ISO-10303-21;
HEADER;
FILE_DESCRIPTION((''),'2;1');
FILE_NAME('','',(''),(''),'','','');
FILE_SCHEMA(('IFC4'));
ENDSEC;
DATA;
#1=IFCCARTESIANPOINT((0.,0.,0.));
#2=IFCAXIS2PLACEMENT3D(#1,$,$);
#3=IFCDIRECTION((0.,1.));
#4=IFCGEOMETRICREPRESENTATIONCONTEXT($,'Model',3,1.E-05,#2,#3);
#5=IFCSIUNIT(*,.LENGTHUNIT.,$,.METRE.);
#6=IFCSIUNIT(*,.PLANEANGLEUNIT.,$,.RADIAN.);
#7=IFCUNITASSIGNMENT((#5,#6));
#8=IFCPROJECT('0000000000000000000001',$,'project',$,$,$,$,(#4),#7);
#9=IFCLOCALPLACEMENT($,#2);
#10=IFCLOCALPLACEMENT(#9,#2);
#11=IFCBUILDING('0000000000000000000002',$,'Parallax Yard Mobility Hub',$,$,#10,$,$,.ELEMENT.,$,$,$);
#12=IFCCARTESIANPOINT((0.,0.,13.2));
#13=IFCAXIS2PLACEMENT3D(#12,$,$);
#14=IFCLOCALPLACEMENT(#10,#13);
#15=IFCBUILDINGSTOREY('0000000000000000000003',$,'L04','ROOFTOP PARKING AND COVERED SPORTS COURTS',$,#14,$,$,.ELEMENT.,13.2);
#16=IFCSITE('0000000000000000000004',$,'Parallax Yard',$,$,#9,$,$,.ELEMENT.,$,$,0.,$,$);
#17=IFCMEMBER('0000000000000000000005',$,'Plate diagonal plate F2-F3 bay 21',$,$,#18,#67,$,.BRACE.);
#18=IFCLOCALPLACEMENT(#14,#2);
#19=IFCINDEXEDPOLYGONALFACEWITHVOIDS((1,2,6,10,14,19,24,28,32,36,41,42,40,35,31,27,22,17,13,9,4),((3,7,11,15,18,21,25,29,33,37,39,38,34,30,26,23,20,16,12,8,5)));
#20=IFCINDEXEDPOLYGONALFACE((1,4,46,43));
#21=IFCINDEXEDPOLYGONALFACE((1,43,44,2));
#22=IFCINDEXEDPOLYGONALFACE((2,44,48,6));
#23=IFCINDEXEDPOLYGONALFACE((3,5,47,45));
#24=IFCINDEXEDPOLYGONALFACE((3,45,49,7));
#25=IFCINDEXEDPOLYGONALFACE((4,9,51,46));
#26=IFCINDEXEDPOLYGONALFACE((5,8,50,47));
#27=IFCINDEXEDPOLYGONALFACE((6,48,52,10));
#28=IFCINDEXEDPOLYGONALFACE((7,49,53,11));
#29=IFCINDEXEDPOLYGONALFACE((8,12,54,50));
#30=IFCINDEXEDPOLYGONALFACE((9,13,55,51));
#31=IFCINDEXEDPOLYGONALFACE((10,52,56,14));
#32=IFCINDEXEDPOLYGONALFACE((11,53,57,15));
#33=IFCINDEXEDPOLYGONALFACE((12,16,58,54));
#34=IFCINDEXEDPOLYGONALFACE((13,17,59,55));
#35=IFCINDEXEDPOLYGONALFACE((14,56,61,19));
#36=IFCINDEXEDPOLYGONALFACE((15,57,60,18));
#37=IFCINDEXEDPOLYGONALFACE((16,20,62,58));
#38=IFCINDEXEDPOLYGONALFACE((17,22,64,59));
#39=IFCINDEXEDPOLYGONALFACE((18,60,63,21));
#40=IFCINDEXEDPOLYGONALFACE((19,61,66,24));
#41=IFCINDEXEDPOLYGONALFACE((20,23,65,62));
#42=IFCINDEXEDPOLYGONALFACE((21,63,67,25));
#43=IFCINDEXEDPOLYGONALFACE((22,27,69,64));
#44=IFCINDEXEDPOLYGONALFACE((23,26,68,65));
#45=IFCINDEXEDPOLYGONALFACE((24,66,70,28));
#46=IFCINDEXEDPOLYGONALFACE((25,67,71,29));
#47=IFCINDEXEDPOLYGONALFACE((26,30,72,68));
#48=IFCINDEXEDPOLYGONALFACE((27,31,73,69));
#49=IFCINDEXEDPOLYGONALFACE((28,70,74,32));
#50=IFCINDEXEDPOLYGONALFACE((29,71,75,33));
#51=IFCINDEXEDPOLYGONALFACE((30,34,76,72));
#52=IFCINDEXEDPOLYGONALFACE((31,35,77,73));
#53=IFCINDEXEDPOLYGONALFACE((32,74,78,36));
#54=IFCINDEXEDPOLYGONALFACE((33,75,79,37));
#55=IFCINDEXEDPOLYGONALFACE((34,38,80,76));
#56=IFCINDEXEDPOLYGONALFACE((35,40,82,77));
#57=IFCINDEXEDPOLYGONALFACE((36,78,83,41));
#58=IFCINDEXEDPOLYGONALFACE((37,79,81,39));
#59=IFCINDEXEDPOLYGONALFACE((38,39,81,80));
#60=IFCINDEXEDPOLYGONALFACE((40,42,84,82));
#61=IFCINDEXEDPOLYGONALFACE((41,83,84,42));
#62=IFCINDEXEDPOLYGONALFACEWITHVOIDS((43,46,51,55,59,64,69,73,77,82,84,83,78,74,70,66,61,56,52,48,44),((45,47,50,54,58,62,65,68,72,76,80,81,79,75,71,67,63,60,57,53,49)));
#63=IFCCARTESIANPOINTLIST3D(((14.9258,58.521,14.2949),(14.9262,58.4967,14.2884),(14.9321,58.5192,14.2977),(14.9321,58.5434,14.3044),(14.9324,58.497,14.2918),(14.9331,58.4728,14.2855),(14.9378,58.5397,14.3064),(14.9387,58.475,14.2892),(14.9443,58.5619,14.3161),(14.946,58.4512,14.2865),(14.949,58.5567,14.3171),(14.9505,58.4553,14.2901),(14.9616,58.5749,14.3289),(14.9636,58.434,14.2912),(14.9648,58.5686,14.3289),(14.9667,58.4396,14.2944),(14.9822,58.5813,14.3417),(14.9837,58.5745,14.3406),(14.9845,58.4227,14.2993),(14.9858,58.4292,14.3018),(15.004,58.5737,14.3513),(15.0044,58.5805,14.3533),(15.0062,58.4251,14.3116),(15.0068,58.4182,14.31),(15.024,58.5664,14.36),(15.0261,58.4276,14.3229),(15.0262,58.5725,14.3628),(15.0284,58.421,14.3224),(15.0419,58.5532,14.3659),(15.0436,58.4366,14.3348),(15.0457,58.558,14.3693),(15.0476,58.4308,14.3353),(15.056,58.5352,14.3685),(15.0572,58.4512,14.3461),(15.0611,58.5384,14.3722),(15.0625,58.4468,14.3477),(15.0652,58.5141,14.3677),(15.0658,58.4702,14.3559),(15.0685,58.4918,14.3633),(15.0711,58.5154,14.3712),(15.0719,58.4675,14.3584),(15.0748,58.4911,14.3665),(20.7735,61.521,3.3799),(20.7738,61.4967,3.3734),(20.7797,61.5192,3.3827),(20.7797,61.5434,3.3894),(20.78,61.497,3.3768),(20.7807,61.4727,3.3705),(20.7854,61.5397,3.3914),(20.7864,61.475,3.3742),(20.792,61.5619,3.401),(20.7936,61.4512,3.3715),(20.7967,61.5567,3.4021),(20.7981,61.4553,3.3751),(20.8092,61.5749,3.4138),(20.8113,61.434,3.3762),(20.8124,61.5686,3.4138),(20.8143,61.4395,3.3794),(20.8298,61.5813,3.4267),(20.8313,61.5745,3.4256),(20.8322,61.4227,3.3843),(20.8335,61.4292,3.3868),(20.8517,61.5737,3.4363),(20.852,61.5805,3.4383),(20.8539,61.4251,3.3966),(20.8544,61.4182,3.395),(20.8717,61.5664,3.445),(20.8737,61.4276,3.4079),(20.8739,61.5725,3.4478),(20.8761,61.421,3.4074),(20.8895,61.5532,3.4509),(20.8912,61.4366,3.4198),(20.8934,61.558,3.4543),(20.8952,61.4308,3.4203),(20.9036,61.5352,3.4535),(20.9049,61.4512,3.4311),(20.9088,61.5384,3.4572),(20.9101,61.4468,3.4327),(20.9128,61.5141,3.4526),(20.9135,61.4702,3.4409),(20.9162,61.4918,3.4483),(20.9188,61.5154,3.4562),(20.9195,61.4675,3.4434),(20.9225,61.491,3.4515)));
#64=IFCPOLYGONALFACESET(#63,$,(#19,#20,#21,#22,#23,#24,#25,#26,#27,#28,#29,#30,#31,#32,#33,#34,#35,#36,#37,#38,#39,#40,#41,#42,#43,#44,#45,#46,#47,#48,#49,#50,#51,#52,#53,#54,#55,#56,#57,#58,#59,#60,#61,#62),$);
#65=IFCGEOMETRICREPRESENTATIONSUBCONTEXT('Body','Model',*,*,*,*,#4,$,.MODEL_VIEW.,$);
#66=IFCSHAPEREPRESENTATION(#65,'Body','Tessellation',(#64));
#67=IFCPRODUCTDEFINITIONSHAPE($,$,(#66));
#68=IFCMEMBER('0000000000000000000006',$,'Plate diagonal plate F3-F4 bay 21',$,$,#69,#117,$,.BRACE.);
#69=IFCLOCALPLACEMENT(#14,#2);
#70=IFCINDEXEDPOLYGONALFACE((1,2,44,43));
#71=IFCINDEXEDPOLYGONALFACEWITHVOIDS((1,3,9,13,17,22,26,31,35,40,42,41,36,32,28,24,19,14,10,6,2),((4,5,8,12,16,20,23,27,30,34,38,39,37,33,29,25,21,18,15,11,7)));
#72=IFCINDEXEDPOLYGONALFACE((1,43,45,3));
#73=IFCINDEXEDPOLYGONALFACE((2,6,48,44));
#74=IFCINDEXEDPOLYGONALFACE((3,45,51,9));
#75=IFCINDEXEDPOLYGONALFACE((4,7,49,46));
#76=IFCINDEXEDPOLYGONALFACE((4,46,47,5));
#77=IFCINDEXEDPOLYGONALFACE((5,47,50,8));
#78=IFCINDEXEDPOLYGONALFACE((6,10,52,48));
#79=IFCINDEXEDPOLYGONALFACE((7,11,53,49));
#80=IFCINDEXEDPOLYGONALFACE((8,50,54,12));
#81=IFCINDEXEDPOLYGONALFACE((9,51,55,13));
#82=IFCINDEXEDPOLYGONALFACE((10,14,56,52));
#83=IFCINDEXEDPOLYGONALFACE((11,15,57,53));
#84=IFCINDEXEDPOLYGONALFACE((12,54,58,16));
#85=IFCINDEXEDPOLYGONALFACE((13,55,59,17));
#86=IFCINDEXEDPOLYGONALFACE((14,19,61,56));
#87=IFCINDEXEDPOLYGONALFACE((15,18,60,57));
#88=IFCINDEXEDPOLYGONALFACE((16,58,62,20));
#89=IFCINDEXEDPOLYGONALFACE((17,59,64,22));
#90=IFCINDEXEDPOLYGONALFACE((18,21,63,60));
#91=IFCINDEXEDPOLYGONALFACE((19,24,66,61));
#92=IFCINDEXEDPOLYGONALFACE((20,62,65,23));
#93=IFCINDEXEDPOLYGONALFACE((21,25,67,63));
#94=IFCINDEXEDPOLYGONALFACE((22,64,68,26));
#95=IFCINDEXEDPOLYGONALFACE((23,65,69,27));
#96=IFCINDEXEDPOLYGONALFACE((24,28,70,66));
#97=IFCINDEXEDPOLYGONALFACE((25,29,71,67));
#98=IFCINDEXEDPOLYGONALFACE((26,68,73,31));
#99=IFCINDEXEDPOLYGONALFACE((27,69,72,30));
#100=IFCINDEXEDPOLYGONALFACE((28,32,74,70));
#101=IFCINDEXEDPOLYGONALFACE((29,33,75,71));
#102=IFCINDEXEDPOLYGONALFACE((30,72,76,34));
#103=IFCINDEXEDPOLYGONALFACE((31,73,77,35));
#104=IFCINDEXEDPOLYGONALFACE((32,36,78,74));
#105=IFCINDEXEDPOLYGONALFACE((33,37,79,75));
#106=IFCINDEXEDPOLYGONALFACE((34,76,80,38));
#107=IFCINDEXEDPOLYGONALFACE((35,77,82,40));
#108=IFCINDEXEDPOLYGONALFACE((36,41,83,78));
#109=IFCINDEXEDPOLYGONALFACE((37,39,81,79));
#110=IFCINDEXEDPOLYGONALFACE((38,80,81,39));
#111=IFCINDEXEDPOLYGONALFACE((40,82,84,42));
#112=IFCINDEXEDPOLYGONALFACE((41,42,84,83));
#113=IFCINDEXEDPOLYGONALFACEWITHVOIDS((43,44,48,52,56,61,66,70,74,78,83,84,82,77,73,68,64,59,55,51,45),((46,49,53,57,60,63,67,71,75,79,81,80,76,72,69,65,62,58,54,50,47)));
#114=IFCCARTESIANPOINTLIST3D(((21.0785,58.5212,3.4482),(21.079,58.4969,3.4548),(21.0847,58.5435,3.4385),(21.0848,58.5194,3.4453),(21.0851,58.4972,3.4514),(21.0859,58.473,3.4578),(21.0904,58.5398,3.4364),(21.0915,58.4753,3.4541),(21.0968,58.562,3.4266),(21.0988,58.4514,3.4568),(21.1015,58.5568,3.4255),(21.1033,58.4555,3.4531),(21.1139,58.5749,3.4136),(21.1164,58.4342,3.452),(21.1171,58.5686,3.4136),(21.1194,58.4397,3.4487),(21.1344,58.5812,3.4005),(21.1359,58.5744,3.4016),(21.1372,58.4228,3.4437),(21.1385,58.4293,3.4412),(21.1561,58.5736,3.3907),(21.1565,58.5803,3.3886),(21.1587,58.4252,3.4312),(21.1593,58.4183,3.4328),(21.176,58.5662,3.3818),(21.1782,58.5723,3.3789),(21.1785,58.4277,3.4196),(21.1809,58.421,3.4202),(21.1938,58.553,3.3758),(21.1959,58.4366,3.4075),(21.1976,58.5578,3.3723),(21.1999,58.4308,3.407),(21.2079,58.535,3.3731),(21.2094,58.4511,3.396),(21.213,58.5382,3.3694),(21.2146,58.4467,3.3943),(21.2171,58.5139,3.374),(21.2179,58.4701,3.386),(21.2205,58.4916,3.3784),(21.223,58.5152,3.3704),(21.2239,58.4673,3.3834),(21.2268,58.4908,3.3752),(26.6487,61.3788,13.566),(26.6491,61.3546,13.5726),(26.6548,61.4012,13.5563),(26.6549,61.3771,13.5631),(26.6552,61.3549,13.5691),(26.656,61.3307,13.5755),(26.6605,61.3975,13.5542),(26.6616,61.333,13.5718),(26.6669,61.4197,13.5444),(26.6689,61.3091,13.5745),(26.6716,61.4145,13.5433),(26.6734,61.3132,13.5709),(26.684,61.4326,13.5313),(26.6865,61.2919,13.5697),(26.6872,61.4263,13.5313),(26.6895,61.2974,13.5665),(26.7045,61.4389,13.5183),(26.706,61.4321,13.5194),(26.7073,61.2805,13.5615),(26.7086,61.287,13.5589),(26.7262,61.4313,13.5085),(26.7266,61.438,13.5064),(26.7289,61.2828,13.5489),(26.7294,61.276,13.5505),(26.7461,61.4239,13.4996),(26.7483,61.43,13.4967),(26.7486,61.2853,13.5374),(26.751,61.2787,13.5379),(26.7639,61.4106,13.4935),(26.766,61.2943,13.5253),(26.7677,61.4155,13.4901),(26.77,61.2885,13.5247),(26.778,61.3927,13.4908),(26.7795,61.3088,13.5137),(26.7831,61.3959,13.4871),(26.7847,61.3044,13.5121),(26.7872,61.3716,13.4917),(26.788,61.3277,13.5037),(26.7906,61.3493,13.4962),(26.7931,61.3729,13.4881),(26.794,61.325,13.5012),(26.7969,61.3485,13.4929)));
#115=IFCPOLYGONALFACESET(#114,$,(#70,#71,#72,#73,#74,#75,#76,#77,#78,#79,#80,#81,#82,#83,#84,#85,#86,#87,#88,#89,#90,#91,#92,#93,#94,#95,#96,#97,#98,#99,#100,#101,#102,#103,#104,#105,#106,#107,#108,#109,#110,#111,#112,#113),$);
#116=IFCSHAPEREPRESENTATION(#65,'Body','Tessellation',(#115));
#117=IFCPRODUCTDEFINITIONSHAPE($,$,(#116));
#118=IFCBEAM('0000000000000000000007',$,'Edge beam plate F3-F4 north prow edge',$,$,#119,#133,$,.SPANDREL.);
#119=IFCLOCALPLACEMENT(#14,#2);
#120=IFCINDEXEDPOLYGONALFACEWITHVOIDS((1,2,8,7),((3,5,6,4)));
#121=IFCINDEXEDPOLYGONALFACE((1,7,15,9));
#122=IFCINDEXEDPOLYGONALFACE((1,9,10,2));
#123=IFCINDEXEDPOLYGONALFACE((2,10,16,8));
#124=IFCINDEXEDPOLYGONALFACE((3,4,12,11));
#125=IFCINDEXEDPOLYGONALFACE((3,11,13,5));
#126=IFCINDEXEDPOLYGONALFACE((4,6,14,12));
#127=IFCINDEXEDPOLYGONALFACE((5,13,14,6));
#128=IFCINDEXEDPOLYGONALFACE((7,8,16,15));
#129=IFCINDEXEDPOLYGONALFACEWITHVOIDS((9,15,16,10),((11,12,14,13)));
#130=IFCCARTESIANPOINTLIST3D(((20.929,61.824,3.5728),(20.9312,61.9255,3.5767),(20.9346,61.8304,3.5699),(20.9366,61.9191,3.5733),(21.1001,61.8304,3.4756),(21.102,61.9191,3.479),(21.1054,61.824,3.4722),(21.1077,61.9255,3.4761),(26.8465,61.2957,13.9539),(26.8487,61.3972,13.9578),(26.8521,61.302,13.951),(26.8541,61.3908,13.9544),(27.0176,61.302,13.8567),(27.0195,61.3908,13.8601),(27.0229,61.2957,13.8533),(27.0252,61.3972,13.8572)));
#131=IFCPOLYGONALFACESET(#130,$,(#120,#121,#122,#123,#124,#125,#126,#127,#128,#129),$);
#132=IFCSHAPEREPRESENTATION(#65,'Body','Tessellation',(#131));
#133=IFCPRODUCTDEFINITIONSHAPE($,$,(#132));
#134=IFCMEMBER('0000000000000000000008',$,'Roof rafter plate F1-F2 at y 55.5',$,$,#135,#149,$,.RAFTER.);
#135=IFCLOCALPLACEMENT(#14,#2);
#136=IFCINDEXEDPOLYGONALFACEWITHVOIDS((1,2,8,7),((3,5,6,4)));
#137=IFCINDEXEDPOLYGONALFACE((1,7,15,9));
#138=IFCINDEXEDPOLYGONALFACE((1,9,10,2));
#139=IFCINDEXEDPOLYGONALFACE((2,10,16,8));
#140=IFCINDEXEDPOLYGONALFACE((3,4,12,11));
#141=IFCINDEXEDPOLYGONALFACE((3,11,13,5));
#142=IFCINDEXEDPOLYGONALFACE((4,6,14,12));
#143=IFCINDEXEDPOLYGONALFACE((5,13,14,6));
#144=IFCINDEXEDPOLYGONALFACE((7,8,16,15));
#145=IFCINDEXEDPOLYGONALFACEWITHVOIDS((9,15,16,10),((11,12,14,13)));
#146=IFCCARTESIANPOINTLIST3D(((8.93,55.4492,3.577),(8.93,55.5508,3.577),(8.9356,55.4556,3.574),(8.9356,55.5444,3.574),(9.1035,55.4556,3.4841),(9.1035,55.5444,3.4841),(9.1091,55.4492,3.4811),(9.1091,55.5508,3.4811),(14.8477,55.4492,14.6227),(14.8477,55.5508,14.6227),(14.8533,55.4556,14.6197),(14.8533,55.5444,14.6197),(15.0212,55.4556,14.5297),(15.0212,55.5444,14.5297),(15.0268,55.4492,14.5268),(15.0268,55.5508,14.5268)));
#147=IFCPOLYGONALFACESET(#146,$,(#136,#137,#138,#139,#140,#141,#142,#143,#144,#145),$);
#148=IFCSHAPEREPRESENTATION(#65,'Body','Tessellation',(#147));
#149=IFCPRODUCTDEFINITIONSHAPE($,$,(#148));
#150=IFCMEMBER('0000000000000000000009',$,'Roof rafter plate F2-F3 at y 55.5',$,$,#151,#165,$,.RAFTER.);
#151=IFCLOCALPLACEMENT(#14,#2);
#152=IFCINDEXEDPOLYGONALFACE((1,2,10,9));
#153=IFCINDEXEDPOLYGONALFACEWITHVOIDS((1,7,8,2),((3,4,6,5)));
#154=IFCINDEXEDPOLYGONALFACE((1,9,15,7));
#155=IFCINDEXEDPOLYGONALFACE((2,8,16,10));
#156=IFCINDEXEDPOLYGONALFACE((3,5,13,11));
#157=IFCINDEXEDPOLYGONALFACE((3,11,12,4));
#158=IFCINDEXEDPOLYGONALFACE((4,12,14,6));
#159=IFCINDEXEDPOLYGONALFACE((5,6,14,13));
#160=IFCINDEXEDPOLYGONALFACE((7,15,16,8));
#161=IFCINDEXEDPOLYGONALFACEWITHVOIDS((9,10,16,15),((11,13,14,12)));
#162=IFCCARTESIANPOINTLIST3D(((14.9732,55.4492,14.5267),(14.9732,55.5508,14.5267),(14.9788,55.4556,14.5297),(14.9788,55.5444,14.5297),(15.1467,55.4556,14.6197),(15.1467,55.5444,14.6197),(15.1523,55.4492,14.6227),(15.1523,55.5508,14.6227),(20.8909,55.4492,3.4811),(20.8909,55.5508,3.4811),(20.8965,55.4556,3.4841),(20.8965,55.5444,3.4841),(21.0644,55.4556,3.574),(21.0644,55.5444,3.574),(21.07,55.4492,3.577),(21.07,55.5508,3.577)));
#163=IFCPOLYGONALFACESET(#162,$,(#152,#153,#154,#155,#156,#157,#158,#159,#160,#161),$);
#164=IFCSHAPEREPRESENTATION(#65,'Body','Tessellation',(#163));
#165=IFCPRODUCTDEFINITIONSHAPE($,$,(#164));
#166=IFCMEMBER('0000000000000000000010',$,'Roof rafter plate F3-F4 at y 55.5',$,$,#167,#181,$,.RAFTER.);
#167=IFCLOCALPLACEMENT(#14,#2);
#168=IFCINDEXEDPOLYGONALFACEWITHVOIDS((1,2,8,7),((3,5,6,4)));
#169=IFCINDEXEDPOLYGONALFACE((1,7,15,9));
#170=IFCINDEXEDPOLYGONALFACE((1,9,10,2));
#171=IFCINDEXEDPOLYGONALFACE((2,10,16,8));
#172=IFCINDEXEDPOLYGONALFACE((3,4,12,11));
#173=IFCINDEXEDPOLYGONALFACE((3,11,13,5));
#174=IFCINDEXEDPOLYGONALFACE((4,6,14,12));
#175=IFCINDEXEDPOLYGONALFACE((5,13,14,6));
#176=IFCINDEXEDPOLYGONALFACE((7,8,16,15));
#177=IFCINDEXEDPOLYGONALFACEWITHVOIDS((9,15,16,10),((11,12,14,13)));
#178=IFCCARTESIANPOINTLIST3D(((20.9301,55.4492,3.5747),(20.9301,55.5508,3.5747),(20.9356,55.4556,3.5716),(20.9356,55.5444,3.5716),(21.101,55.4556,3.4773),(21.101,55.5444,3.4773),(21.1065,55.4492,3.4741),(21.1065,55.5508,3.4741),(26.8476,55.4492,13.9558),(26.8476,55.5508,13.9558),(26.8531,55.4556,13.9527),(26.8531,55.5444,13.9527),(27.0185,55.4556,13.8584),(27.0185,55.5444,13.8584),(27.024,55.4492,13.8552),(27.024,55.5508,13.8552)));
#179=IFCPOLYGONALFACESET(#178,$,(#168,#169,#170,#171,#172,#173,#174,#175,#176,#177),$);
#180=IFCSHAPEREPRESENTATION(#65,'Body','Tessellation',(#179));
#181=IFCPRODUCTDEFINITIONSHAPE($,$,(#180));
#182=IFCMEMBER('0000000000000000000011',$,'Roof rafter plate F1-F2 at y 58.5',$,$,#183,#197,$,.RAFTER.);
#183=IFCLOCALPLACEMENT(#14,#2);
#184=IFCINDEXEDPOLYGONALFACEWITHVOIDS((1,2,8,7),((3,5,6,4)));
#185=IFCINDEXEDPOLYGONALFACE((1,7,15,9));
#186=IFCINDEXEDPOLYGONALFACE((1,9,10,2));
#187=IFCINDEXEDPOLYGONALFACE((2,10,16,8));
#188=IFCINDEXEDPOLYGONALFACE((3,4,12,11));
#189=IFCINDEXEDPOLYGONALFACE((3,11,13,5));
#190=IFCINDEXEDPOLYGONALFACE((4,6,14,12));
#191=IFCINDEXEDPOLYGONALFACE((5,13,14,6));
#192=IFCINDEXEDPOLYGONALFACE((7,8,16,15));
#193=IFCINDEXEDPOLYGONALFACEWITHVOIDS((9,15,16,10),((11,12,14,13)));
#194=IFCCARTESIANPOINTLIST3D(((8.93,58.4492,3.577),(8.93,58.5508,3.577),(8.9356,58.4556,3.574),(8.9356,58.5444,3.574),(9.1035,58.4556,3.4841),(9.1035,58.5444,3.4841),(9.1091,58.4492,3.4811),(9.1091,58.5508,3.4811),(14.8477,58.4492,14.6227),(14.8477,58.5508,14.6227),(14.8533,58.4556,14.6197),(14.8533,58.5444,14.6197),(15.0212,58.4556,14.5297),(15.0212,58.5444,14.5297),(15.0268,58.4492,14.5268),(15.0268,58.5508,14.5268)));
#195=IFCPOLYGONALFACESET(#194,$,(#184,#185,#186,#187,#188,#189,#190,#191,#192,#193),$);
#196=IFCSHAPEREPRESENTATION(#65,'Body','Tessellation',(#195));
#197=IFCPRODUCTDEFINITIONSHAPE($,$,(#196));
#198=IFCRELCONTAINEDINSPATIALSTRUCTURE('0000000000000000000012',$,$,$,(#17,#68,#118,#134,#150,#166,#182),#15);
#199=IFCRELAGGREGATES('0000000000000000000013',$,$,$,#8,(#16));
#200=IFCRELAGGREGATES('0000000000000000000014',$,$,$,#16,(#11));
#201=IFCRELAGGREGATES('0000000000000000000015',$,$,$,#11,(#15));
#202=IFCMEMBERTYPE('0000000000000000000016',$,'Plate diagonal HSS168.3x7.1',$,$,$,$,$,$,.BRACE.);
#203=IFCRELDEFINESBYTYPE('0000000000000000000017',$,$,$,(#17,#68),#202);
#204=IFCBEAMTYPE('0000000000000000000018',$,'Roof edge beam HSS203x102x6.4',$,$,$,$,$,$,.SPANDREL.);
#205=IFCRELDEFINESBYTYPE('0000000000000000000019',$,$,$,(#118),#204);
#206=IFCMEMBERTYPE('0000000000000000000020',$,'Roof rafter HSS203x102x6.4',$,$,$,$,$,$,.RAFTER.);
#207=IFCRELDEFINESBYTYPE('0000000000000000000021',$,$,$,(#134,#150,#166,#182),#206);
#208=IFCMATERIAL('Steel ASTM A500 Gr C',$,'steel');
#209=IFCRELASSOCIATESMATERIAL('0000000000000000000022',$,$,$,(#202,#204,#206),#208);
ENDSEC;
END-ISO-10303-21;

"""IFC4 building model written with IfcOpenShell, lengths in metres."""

from ifc_helpers import new_model, si_unit, direction, frame, origin, origin_2d, place, context, subcontext, project, spatial, hollow_rectangle, hollow_circle, extrude, material, material_profile, profile_set, type_object, element, save


model = new_model("IFC4")

# Units and contexts
model_context = context("Model", 3, precision=1e-05, world=origin(), true_north=direction((0.0, 1.0)))
body_context = subcontext(model_context, "Body", "Model", "MODEL_VIEW")
ifc_project = project(units=[si_unit("LENGTHUNIT", "METRE"), si_unit("PLANEANGLEUNIT", "RADIAN")], contexts=[model_context])

# Site, building, storey
site_placement = place(None, origin())
site = spatial("IfcSite", under=ifc_project, at=site_placement, Name="Parallax Yard", CompositionType="ELEMENT", RefElevation=0.0)
building_placement = place(site_placement, origin())
building = spatial("IfcBuilding", under=site, at=building_placement, Name="Parallax Yard Mobility Hub", CompositionType="ELEMENT")
storey_placement = place(building_placement, frame((0.0, 0.0, 13.2)))
storey = spatial("IfcBuildingStorey", under=building, at=storey_placement, Name="L04", Description="ROOFTOP PARKING AND COVERED SPORTS COURTS", CompositionType="ELEMENT", Elevation=13.2)

# Members
ifc_material_1 = material(Name="Steel ASTM A500 Gr C", Category="steel")
ifc_material_profile_1 = material_profile(ifc_material_1, hollow_circle(Radius=0.0842, WallThickness=0.0071, at=origin_2d()), Name="HSS168.3x7.1")
ifc_profile_set_1 = profile_set([ifc_material_profile_1], Name="Steel ASTM A500 Gr C")
member_type_1 = type_object("IfcMemberType", Name="Plate diagonal HSS168.3x7.1", PredefinedType="BRACE", material=ifc_profile_set_1)
member_1_placement = place(storey_placement, frame((15.0, 58.5, 14.3289), z_axis=(0.458964, 0.23546, -0.856686), x_axis=(-0.456461, 0.889743, 0.0)))
element("IfcMember", 1, at=member_1_placement, inside=storey, type_object=member_type_1, Name="Plate diagonal plate F2-F3 bay 21", PredefinedType="BRACE", context=body_context, shape_type="SweptSolid", body=[
    extrude(hollow_circle(Radius=0.0842, WallThickness=0.0071, at=origin_2d()), origin(), (0.0, 0.0, 1.0), 12.741),
])
member_2_placement = place(storey_placement, frame((21.1523, 58.5, 3.4136), z_axis=(0.468157, 0.240183, 0.850377), x_axis=(-0.456471, 0.889738, 0.0)))
element("IfcMember", 2, at=member_2_placement, inside=storey, type_object=member_type_1, Name="Plate diagonal plate F3-F4 bay 21", PredefinedType="BRACE", context=body_context, shape_type="SweptSolid", body=[
    extrude(hollow_circle(Radius=0.0842, WallThickness=0.0071, at=origin_2d()), origin(), (0.0, 0.0, 1.0), 11.8979),
])

# Beam
ifc_material_profile_2 = material_profile(ifc_material_1, hollow_rectangle(XDim=0.1016, YDim=0.2031, WallThickness=0.0063, at=origin_2d()), Name="HSS203x102x6.4")
ifc_profile_set_2 = profile_set([ifc_material_profile_2], Name="Steel ASTM A500 Gr C")
beam_type = type_object("IfcBeamType", Name="Roof edge beam HSS203x102x6.4", PredefinedType="SPANDREL", material=ifc_profile_set_2)
beam_placement = place(storey_placement, frame((21.0183, 61.8748, 3.5244), z_axis=(0.494736, -0.044171, 0.86792), x_axis=(0.021872, 0.999024, 0.038375)))
element("IfcBeam", 3, at=beam_placement, inside=storey, type_object=beam_type, Name="Edge beam plate F3-F4 north prow edge", PredefinedType="SPANDREL", context=body_context, shape_type="SweptSolid", body=[
    extrude(hollow_rectangle(XDim=0.1016, YDim=0.2031, WallThickness=0.0063, at=origin_2d()), origin(), (0.0, 0.0, 1.0), 11.9609),
])

# Members
ifc_material_profile_3 = material_profile(ifc_material_1, hollow_rectangle(XDim=0.1016, YDim=0.2031, WallThickness=0.0063, at=origin_2d()), Name="HSS203x102x6.4")
ifc_profile_set_3 = profile_set([ifc_material_profile_3], Name="Steel ASTM A500 Gr C")
member_type_2 = type_object("IfcMemberType", Name="Roof rafter HSS203x102x6.4", PredefinedType="RAFTER", material=ifc_profile_set_3)
for number, where, z_axis, x_axis, name in (
    (4, (9.0195, 55.5, 3.5291), (0.472247, 0.0, 0.881466), (0.0, 1.0, 0.0), "Roof rafter plate F1-F2 at y 55.5"),
    (5, (15.0627, 55.5, 14.5747), (0.472247, 0.0, -0.881466), (0.0, 1.0, 0.0), "Roof rafter plate F2-F3 at y 55.5"),
):
    element("IfcMember", number, at=place(storey_placement, frame(where, z_axis=z_axis, x_axis=x_axis)), inside=storey, type_object=member_type_2, Name=name, PredefinedType="RAFTER", context=body_context, shape_type="SweptSolid", body=[
        extrude(hollow_rectangle(XDim=0.1016, YDim=0.2031, WallThickness=0.0063, at=origin_2d()), origin(), (0.0, 0.0, 1.0), 12.531),
    ])
member_3_placement = place(storey_placement, frame((21.0183, 55.5, 3.5244), z_axis=(0.495219, 0.0, 0.868768), x_axis=(0.0, 1.0, 0.0)))
element("IfcMember", 6, at=member_3_placement, inside=storey, type_object=member_type_2, Name="Roof rafter plate F3-F4 at y 55.5", PredefinedType="RAFTER", context=body_context, shape_type="SweptSolid", body=[
    extrude(hollow_rectangle(XDim=0.1016, YDim=0.2031, WallThickness=0.0063, at=origin_2d()), origin(), (0.0, 0.0, 1.0), 11.9492),
])
for number, where, z_axis, x_axis, name in (
    (7, (9.0195, 58.5, 3.5291), (0.472247, 0.0, 0.881466), (0.0, 1.0, 0.0), "Roof rafter plate F1-F2 at y 58.5"),
):
    element("IfcMember", number, at=place(storey_placement, frame(where, z_axis=z_axis, x_axis=x_axis)), inside=storey, type_object=member_type_2, Name=name, PredefinedType="RAFTER", context=body_context, shape_type="SweptSolid", body=[
        extrude(hollow_rectangle(XDim=0.1016, YDim=0.2031, WallThickness=0.0063, at=origin_2d()), origin(), (0.0, 0.0, 1.0), 12.531),
    ])

save(model, "model.ifc")
